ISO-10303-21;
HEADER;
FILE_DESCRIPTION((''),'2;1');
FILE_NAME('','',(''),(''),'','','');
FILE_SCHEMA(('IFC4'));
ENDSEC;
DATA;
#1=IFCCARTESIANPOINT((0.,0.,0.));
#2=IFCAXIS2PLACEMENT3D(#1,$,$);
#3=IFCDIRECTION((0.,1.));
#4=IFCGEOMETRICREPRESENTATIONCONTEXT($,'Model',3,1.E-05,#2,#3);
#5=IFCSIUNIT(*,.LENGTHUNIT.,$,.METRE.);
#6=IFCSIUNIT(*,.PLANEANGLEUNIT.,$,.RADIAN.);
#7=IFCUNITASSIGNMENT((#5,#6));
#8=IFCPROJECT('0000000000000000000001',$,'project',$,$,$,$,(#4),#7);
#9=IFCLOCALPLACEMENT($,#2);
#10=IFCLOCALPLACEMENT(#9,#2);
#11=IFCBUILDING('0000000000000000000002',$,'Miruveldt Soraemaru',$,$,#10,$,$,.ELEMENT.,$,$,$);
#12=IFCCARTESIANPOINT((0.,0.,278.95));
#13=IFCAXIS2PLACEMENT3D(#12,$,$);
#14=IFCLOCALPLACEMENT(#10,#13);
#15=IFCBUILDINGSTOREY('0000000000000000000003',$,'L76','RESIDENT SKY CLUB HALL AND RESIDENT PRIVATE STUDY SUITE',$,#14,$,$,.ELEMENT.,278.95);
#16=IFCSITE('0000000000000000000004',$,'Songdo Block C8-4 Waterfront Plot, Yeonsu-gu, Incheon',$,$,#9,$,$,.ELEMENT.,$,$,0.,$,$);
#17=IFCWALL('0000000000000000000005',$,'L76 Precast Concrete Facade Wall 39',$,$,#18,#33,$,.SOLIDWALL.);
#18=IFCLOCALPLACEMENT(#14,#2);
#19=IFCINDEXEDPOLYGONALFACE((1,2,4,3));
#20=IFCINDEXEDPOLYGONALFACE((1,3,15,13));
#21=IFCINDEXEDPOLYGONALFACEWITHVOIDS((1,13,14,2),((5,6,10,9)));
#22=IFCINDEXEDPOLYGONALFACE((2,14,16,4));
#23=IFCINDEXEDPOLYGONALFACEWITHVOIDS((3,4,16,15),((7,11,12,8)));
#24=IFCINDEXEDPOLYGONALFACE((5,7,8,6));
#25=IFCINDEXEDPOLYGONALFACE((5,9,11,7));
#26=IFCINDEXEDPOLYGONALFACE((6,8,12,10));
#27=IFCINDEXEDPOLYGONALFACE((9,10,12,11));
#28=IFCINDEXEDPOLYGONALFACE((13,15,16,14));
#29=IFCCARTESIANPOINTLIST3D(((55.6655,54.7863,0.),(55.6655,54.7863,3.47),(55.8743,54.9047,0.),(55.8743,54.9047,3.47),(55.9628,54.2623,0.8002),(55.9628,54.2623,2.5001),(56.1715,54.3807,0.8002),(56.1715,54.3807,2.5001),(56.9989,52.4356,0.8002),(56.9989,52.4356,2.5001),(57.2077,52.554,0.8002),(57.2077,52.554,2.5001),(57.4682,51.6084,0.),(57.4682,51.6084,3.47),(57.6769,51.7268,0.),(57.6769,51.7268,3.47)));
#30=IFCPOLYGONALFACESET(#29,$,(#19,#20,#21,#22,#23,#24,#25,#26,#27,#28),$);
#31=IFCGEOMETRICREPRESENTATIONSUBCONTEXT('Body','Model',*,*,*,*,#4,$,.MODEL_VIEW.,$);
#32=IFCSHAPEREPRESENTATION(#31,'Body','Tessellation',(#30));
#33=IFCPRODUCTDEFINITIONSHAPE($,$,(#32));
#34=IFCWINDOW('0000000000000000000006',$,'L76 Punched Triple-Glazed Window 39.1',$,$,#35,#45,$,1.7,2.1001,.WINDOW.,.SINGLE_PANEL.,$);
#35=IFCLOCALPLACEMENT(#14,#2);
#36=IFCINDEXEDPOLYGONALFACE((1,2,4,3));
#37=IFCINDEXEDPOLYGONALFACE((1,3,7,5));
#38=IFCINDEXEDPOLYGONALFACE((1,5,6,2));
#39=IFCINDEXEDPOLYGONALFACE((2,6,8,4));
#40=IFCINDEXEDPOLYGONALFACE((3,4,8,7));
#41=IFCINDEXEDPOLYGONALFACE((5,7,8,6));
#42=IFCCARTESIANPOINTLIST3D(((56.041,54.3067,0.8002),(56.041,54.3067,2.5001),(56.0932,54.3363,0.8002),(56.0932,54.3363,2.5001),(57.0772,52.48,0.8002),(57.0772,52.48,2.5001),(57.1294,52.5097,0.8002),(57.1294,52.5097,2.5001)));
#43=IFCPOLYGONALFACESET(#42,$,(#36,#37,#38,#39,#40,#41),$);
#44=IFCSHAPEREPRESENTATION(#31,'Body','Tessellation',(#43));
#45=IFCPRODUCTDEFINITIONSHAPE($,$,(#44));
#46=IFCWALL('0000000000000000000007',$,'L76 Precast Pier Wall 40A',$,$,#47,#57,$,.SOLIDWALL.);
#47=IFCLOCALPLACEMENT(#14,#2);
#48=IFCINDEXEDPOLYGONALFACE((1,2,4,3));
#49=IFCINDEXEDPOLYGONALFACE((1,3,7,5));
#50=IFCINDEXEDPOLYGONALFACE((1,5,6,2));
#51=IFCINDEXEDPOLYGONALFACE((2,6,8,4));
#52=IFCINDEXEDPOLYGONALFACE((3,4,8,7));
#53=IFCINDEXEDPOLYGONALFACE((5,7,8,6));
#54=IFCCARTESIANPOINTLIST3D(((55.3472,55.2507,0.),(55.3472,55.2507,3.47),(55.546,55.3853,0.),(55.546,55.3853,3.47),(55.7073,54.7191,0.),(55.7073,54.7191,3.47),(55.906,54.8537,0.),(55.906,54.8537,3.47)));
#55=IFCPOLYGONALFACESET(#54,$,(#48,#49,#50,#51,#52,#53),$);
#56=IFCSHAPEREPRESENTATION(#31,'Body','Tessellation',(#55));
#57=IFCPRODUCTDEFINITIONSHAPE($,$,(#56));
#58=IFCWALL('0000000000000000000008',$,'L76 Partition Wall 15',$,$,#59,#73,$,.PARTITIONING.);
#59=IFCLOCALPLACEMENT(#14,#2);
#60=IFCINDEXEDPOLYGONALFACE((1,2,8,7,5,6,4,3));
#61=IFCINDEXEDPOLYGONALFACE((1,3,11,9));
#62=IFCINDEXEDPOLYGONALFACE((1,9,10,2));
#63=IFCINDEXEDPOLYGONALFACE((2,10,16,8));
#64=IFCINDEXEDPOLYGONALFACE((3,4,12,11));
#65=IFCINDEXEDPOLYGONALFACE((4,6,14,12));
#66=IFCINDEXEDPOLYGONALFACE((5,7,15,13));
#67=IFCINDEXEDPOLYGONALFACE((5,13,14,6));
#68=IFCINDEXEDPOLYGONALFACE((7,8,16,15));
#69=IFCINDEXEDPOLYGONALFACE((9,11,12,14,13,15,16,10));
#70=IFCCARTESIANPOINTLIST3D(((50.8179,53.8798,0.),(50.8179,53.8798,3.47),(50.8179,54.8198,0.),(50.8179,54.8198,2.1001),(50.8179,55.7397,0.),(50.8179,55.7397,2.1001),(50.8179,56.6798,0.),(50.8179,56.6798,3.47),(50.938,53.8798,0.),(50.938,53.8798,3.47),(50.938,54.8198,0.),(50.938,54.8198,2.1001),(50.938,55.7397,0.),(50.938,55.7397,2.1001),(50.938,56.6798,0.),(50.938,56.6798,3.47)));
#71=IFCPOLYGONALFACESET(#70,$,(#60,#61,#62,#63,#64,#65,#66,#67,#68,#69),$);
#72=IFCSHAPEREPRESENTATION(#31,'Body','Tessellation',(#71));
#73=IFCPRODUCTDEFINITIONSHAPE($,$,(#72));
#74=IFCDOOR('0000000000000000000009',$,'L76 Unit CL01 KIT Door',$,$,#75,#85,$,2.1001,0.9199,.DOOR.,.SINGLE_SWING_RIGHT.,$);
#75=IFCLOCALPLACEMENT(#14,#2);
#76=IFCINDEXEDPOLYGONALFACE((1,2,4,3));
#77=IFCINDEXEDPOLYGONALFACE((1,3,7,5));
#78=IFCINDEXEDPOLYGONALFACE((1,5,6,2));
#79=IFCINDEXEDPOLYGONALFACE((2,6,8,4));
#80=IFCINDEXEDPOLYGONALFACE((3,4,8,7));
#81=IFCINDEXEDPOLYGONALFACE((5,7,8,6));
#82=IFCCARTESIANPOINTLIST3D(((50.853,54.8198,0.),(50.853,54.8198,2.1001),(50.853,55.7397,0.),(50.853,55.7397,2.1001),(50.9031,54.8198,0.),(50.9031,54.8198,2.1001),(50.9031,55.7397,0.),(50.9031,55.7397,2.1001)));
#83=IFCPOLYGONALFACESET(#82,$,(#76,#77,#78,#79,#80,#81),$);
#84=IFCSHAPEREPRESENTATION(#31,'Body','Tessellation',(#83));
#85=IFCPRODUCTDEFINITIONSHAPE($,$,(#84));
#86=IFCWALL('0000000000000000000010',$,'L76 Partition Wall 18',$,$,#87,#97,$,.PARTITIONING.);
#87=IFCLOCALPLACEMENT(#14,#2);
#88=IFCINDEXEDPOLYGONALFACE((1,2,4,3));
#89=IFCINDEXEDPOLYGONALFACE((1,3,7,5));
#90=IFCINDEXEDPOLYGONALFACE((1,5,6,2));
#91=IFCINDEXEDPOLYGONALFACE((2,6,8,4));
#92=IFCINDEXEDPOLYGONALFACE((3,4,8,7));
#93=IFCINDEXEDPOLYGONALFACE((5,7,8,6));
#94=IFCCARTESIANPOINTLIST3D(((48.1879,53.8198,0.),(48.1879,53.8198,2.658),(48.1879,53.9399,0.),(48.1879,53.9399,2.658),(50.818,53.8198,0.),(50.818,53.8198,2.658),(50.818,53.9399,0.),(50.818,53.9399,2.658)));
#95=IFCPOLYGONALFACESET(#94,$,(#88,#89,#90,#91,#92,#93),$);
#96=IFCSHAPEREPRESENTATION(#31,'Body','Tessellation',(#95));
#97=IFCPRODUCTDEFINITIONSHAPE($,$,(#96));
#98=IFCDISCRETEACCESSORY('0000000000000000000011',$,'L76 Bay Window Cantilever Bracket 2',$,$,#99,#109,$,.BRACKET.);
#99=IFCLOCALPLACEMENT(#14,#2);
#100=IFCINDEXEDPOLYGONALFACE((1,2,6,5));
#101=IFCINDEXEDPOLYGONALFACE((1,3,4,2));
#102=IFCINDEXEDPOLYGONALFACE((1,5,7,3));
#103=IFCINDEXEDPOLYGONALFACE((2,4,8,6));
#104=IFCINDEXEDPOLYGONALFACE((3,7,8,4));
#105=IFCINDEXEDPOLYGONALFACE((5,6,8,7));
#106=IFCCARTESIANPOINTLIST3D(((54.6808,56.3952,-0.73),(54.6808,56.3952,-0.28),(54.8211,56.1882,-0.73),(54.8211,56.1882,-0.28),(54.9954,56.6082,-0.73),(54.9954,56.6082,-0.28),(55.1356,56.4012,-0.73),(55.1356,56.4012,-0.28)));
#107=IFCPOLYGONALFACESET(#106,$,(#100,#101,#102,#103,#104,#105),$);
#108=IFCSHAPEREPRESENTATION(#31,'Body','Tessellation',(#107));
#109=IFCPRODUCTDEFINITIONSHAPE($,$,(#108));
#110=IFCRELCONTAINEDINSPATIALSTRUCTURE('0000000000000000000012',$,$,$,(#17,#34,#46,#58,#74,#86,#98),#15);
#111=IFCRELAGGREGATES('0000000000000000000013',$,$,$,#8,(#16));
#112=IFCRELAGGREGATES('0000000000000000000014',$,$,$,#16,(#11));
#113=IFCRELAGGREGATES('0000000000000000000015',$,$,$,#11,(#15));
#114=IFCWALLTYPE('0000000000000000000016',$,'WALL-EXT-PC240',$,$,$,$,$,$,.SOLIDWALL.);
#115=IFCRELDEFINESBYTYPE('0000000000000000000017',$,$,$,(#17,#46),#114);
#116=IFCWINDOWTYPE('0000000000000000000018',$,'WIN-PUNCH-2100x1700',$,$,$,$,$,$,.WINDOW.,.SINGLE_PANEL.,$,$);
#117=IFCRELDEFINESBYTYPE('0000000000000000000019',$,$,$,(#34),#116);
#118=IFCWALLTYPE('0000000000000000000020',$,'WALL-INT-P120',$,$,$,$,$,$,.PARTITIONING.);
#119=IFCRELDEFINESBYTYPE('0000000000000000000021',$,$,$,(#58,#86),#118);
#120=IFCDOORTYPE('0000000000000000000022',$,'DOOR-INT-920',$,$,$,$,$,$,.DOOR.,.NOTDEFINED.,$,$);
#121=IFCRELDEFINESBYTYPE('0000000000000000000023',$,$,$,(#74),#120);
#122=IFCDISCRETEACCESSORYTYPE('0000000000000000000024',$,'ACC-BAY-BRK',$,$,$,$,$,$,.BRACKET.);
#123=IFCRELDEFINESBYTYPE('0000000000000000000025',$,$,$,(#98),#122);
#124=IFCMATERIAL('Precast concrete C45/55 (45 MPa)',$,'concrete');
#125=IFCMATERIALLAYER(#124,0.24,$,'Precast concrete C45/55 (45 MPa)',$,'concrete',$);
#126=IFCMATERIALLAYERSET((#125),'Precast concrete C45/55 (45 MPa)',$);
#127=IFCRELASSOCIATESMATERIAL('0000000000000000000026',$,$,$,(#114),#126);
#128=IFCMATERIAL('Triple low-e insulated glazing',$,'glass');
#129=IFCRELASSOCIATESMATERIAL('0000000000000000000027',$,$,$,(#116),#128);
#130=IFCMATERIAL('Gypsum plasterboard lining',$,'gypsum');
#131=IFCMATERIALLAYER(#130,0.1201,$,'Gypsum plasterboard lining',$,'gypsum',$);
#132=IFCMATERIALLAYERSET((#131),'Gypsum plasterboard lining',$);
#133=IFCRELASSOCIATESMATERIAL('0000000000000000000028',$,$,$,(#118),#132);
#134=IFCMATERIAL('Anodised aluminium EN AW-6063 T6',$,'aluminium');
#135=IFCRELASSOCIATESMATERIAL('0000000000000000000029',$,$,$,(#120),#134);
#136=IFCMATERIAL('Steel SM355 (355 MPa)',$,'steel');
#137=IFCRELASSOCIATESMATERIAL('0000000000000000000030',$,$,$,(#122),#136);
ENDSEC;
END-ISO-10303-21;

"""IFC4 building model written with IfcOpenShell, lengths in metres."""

from ifc_helpers import new_model, si_unit, direction, frame, frame_2d, origin, origin_2d, place, context, subcontext, project, spatial, rectangle, extrude, material, layer, layer_set, type_object, element, fill, save


model = new_model("IFC4")

# Units and contexts
model_context = context("Model", 3, precision=1e-05, world=origin(), true_north=direction((0.0, 1.0)))
body_context = subcontext(model_context, "Body", "Model", "MODEL_VIEW")
ifc_project = project(units=[si_unit("LENGTHUNIT", "METRE"), si_unit("PLANEANGLEUNIT", "RADIAN")], contexts=[model_context])

# Site, building, storey
site_placement = place(None, origin())
site = spatial("IfcSite", under=ifc_project, at=site_placement, Name="Songdo Block C8-4 Waterfront Plot, Yeonsu-gu, Incheon", CompositionType="ELEMENT", RefElevation=0.0)
building_placement = place(site_placement, origin())
building = spatial("IfcBuilding", under=site, at=building_placement, Name="Miruveldt Soraemaru", CompositionType="ELEMENT")
storey_placement = place(building_placement, frame((0.0, 0.0, 278.95)))
storey = spatial("IfcBuildingStorey", under=building, at=storey_placement, Name="L76", Description="RESIDENT SKY CLUB HALL AND RESIDENT PRIVATE STUDY SUITE", CompositionType="ELEMENT", Elevation=278.95)

# Wall, opening, window
ifc_material_1 = material(Name="Triple low-e insulated glazing", Category="glass")
ifc_material_2 = material(Name="Precast concrete C45/55 (45 MPa)", Category="concrete")
ifc_layer_1 = layer(ifc_material_2, 0.24, Name="Precast concrete C45/55 (45 MPa)", Category="concrete")
ifc_layer_set_1 = layer_set([ifc_layer_1], Name="Precast concrete C45/55 (45 MPa)")
wall_type_1 = type_object("IfcWallType", Name="WALL-EXT-PC240", PredefinedType="SOLIDWALL", material=ifc_layer_set_1)
wall_1_placement = place(storey_placement, frame((57.5725, 51.6677, 0.0), z_axis=(0.0, 0.0, 1.0), x_axis=(-0.493402, 0.869801, 0.0)))
wall_1 = element("IfcWall", 1, at=wall_1_placement, inside=storey, type_object=wall_type_1, Name="L76 Precast Concrete Facade Wall 39", PredefinedType="SOLIDWALL", context=body_context, shape_type="SweptSolid", body=[
    extrude(rectangle(XDim=3.6536, YDim=0.24, at=frame_2d((1.8267, 0.0))), origin(), (0.0, 0.0, 1.0), 3.47),
])
opening_1_placement = place(wall_1_placement, frame((0.9509, 0.0, 0.8)))
opening_1 = element("IfcOpeningElement", 2, at=opening_1_placement, cuts=wall_1, PredefinedType="OPENING", context=body_context, shape_type="SweptSolid", body=[
    extrude(rectangle(XDim=2.1001, YDim=1.7, at=frame_2d((1.05, 0.8501))), frame((0.0, 0.1299, 0.0), z_axis=(0.0, -1.0, 0.0), x_axis=(1.0, 0.0, 0.0)), (0.0, 0.0, 1.0), 0.26),
])
window_type_1 = type_object("IfcWindowType", Name="WIN-PUNCH-2100x1700", PartitioningType="SINGLE_PANEL", PredefinedType="WINDOW", material=ifc_material_1)
window_1_placement = place(opening_1_placement, origin())
window_1 = element("IfcWindow", 3, at=window_1_placement, inside=storey, type_object=window_type_1, Name="L76 Punched Triple-Glazed Window 39.1", OverallHeight=1.7, OverallWidth=2.1001, PartitioningType="SINGLE_PANEL", PredefinedType="WINDOW", context=body_context, shape_type="SweptSolid", body=[
    extrude(rectangle(XDim=2.1001, YDim=1.7, at=frame_2d((1.05, 0.8501))), frame((0.0, 0.03, 0.0), z_axis=(0.0, -1.0, 0.0), x_axis=(1.0, 0.0, 0.0)), (0.0, 0.0, 1.0), 0.0601),
])
fill(opening_1, window_1)

# Wall
wall_2_placement = place(storey_placement, frame((55.8066, 54.7864, 0.0), z_axis=(0.0, 0.0, 1.0), x_axis=(-0.560739, 0.827993, 0.0)))
element("IfcWall", 4, at=wall_2_placement, inside=storey, type_object=wall_type_1, Name="L76 Precast Pier Wall 40A", PredefinedType="SOLIDWALL", context=body_context, shape_type="SweptSolid", body=[
    extrude(rectangle(XDim=0.6421, YDim=0.24, at=frame_2d((0.321, 0.0))), origin(), (0.0, 0.0, 1.0), 3.47),
])

# Wall, opening, door
ifc_material_3 = material(Name="Gypsum plasterboard lining", Category="gypsum")
ifc_layer_2 = layer(ifc_material_3, 0.1201, Name="Gypsum plasterboard lining", Category="gypsum")
ifc_layer_set_2 = layer_set([ifc_layer_2], Name="Gypsum plasterboard lining")
wall_type_2 = type_object("IfcWallType", Name="WALL-INT-P120", PredefinedType="PARTITIONING", material=ifc_layer_set_2)
wall_3_placement = place(storey_placement, frame((50.8779, 53.8799, 0.0), z_axis=(0.0, 0.0, 1.0), x_axis=(0.0, 1.0, 0.0)))
wall_3 = element("IfcWall", 5, at=wall_3_placement, inside=storey, type_object=wall_type_2, Name="L76 Partition Wall 15", PredefinedType="PARTITIONING", context=body_context, shape_type="SweptSolid", body=[
    extrude(rectangle(XDim=2.8, YDim=0.1201, at=frame_2d((1.3999, 0.0))), origin(), (0.0, 0.0, 1.0), 3.47),
])
opening_2_placement = place(wall_3_placement, frame((0.9399, 0.0, 0.0)))
opening_2 = element("IfcOpeningElement", 6, at=opening_2_placement, cuts=wall_3, PredefinedType="OPENING", context=body_context, shape_type="SweptSolid", body=[
    extrude(rectangle(XDim=0.9199, YDim=2.1001, at=frame_2d((0.46, 1.05))), frame((0.0, 0.0701, 0.0), z_axis=(0.0, -1.0, 0.0), x_axis=(1.0, 0.0, 0.0)), (0.0, 0.0, 1.0), 0.1401),
])
ifc_material_4 = material(Name="Anodised aluminium EN AW-6063 T6", Category="aluminium")
door_type = type_object("IfcDoorType", Name="DOOR-INT-920", OperationType="NOTDEFINED", PredefinedType="DOOR", material=ifc_material_4)
door_placement = place(opening_2_placement, origin())
door = element("IfcDoor", 7, at=door_placement, inside=storey, type_object=door_type, Name="L76 Unit CL01 KIT Door", OperationType="SINGLE_SWING_RIGHT", OverallHeight=2.1001, OverallWidth=0.9199, PredefinedType="DOOR", context=body_context, shape_type="SweptSolid", body=[
    extrude(rectangle(XDim=0.9199, YDim=2.1001, at=frame_2d((0.46, 1.05))), frame((0.0, 0.0249, 0.0), z_axis=(0.0, -1.0, 0.0), x_axis=(1.0, 0.0, 0.0)), (0.0, 0.0, 1.0), 0.05),
])
fill(opening_2, door)

# Wall
wall_4_placement = place(storey_placement, frame((48.188, 53.8799, 0.0), z_axis=(0.0, 0.0, 1.0), x_axis=(1.0, 0.0, 0.0)))
element("IfcWall", 8, at=wall_4_placement, inside=storey, type_object=wall_type_2, Name="L76 Partition Wall 18", PredefinedType="PARTITIONING", context=body_context, shape_type="SweptSolid", body=[
    extrude(rectangle(XDim=2.6301, YDim=0.1201, at=frame_2d((1.3149, 0.0))), origin(), (0.0, 0.0, 1.0), 2.658),
])

# Discrete accessory
ifc_material_5 = material(Name="Steel SM355 (355 MPa)", Category="steel")
discrete_accessory_type = type_object("IfcDiscreteAccessoryType", Name="ACC-BAY-BRK", PredefinedType="BRACKET", material=ifc_material_5)
discrete_accessory_placement = place(storey_placement, frame((54.9082, 56.3982, -0.73), z_axis=(0.0, 0.0, 1.0), x_axis=(0.827923, 0.560841, 0.0)))
element("IfcDiscreteAccessory", 9, at=discrete_accessory_placement, inside=storey, type_object=discrete_accessory_type, Name="L76 Bay Window Cantilever Bracket 2", PredefinedType="BRACKET", context=body_context, shape_type="SweptSolid", body=[
    extrude(rectangle(XDim=0.3799, YDim=0.25, at=origin_2d()), origin(), (0.0, 0.0, 1.0), 0.45),
])

save(model, "model.ifc")
